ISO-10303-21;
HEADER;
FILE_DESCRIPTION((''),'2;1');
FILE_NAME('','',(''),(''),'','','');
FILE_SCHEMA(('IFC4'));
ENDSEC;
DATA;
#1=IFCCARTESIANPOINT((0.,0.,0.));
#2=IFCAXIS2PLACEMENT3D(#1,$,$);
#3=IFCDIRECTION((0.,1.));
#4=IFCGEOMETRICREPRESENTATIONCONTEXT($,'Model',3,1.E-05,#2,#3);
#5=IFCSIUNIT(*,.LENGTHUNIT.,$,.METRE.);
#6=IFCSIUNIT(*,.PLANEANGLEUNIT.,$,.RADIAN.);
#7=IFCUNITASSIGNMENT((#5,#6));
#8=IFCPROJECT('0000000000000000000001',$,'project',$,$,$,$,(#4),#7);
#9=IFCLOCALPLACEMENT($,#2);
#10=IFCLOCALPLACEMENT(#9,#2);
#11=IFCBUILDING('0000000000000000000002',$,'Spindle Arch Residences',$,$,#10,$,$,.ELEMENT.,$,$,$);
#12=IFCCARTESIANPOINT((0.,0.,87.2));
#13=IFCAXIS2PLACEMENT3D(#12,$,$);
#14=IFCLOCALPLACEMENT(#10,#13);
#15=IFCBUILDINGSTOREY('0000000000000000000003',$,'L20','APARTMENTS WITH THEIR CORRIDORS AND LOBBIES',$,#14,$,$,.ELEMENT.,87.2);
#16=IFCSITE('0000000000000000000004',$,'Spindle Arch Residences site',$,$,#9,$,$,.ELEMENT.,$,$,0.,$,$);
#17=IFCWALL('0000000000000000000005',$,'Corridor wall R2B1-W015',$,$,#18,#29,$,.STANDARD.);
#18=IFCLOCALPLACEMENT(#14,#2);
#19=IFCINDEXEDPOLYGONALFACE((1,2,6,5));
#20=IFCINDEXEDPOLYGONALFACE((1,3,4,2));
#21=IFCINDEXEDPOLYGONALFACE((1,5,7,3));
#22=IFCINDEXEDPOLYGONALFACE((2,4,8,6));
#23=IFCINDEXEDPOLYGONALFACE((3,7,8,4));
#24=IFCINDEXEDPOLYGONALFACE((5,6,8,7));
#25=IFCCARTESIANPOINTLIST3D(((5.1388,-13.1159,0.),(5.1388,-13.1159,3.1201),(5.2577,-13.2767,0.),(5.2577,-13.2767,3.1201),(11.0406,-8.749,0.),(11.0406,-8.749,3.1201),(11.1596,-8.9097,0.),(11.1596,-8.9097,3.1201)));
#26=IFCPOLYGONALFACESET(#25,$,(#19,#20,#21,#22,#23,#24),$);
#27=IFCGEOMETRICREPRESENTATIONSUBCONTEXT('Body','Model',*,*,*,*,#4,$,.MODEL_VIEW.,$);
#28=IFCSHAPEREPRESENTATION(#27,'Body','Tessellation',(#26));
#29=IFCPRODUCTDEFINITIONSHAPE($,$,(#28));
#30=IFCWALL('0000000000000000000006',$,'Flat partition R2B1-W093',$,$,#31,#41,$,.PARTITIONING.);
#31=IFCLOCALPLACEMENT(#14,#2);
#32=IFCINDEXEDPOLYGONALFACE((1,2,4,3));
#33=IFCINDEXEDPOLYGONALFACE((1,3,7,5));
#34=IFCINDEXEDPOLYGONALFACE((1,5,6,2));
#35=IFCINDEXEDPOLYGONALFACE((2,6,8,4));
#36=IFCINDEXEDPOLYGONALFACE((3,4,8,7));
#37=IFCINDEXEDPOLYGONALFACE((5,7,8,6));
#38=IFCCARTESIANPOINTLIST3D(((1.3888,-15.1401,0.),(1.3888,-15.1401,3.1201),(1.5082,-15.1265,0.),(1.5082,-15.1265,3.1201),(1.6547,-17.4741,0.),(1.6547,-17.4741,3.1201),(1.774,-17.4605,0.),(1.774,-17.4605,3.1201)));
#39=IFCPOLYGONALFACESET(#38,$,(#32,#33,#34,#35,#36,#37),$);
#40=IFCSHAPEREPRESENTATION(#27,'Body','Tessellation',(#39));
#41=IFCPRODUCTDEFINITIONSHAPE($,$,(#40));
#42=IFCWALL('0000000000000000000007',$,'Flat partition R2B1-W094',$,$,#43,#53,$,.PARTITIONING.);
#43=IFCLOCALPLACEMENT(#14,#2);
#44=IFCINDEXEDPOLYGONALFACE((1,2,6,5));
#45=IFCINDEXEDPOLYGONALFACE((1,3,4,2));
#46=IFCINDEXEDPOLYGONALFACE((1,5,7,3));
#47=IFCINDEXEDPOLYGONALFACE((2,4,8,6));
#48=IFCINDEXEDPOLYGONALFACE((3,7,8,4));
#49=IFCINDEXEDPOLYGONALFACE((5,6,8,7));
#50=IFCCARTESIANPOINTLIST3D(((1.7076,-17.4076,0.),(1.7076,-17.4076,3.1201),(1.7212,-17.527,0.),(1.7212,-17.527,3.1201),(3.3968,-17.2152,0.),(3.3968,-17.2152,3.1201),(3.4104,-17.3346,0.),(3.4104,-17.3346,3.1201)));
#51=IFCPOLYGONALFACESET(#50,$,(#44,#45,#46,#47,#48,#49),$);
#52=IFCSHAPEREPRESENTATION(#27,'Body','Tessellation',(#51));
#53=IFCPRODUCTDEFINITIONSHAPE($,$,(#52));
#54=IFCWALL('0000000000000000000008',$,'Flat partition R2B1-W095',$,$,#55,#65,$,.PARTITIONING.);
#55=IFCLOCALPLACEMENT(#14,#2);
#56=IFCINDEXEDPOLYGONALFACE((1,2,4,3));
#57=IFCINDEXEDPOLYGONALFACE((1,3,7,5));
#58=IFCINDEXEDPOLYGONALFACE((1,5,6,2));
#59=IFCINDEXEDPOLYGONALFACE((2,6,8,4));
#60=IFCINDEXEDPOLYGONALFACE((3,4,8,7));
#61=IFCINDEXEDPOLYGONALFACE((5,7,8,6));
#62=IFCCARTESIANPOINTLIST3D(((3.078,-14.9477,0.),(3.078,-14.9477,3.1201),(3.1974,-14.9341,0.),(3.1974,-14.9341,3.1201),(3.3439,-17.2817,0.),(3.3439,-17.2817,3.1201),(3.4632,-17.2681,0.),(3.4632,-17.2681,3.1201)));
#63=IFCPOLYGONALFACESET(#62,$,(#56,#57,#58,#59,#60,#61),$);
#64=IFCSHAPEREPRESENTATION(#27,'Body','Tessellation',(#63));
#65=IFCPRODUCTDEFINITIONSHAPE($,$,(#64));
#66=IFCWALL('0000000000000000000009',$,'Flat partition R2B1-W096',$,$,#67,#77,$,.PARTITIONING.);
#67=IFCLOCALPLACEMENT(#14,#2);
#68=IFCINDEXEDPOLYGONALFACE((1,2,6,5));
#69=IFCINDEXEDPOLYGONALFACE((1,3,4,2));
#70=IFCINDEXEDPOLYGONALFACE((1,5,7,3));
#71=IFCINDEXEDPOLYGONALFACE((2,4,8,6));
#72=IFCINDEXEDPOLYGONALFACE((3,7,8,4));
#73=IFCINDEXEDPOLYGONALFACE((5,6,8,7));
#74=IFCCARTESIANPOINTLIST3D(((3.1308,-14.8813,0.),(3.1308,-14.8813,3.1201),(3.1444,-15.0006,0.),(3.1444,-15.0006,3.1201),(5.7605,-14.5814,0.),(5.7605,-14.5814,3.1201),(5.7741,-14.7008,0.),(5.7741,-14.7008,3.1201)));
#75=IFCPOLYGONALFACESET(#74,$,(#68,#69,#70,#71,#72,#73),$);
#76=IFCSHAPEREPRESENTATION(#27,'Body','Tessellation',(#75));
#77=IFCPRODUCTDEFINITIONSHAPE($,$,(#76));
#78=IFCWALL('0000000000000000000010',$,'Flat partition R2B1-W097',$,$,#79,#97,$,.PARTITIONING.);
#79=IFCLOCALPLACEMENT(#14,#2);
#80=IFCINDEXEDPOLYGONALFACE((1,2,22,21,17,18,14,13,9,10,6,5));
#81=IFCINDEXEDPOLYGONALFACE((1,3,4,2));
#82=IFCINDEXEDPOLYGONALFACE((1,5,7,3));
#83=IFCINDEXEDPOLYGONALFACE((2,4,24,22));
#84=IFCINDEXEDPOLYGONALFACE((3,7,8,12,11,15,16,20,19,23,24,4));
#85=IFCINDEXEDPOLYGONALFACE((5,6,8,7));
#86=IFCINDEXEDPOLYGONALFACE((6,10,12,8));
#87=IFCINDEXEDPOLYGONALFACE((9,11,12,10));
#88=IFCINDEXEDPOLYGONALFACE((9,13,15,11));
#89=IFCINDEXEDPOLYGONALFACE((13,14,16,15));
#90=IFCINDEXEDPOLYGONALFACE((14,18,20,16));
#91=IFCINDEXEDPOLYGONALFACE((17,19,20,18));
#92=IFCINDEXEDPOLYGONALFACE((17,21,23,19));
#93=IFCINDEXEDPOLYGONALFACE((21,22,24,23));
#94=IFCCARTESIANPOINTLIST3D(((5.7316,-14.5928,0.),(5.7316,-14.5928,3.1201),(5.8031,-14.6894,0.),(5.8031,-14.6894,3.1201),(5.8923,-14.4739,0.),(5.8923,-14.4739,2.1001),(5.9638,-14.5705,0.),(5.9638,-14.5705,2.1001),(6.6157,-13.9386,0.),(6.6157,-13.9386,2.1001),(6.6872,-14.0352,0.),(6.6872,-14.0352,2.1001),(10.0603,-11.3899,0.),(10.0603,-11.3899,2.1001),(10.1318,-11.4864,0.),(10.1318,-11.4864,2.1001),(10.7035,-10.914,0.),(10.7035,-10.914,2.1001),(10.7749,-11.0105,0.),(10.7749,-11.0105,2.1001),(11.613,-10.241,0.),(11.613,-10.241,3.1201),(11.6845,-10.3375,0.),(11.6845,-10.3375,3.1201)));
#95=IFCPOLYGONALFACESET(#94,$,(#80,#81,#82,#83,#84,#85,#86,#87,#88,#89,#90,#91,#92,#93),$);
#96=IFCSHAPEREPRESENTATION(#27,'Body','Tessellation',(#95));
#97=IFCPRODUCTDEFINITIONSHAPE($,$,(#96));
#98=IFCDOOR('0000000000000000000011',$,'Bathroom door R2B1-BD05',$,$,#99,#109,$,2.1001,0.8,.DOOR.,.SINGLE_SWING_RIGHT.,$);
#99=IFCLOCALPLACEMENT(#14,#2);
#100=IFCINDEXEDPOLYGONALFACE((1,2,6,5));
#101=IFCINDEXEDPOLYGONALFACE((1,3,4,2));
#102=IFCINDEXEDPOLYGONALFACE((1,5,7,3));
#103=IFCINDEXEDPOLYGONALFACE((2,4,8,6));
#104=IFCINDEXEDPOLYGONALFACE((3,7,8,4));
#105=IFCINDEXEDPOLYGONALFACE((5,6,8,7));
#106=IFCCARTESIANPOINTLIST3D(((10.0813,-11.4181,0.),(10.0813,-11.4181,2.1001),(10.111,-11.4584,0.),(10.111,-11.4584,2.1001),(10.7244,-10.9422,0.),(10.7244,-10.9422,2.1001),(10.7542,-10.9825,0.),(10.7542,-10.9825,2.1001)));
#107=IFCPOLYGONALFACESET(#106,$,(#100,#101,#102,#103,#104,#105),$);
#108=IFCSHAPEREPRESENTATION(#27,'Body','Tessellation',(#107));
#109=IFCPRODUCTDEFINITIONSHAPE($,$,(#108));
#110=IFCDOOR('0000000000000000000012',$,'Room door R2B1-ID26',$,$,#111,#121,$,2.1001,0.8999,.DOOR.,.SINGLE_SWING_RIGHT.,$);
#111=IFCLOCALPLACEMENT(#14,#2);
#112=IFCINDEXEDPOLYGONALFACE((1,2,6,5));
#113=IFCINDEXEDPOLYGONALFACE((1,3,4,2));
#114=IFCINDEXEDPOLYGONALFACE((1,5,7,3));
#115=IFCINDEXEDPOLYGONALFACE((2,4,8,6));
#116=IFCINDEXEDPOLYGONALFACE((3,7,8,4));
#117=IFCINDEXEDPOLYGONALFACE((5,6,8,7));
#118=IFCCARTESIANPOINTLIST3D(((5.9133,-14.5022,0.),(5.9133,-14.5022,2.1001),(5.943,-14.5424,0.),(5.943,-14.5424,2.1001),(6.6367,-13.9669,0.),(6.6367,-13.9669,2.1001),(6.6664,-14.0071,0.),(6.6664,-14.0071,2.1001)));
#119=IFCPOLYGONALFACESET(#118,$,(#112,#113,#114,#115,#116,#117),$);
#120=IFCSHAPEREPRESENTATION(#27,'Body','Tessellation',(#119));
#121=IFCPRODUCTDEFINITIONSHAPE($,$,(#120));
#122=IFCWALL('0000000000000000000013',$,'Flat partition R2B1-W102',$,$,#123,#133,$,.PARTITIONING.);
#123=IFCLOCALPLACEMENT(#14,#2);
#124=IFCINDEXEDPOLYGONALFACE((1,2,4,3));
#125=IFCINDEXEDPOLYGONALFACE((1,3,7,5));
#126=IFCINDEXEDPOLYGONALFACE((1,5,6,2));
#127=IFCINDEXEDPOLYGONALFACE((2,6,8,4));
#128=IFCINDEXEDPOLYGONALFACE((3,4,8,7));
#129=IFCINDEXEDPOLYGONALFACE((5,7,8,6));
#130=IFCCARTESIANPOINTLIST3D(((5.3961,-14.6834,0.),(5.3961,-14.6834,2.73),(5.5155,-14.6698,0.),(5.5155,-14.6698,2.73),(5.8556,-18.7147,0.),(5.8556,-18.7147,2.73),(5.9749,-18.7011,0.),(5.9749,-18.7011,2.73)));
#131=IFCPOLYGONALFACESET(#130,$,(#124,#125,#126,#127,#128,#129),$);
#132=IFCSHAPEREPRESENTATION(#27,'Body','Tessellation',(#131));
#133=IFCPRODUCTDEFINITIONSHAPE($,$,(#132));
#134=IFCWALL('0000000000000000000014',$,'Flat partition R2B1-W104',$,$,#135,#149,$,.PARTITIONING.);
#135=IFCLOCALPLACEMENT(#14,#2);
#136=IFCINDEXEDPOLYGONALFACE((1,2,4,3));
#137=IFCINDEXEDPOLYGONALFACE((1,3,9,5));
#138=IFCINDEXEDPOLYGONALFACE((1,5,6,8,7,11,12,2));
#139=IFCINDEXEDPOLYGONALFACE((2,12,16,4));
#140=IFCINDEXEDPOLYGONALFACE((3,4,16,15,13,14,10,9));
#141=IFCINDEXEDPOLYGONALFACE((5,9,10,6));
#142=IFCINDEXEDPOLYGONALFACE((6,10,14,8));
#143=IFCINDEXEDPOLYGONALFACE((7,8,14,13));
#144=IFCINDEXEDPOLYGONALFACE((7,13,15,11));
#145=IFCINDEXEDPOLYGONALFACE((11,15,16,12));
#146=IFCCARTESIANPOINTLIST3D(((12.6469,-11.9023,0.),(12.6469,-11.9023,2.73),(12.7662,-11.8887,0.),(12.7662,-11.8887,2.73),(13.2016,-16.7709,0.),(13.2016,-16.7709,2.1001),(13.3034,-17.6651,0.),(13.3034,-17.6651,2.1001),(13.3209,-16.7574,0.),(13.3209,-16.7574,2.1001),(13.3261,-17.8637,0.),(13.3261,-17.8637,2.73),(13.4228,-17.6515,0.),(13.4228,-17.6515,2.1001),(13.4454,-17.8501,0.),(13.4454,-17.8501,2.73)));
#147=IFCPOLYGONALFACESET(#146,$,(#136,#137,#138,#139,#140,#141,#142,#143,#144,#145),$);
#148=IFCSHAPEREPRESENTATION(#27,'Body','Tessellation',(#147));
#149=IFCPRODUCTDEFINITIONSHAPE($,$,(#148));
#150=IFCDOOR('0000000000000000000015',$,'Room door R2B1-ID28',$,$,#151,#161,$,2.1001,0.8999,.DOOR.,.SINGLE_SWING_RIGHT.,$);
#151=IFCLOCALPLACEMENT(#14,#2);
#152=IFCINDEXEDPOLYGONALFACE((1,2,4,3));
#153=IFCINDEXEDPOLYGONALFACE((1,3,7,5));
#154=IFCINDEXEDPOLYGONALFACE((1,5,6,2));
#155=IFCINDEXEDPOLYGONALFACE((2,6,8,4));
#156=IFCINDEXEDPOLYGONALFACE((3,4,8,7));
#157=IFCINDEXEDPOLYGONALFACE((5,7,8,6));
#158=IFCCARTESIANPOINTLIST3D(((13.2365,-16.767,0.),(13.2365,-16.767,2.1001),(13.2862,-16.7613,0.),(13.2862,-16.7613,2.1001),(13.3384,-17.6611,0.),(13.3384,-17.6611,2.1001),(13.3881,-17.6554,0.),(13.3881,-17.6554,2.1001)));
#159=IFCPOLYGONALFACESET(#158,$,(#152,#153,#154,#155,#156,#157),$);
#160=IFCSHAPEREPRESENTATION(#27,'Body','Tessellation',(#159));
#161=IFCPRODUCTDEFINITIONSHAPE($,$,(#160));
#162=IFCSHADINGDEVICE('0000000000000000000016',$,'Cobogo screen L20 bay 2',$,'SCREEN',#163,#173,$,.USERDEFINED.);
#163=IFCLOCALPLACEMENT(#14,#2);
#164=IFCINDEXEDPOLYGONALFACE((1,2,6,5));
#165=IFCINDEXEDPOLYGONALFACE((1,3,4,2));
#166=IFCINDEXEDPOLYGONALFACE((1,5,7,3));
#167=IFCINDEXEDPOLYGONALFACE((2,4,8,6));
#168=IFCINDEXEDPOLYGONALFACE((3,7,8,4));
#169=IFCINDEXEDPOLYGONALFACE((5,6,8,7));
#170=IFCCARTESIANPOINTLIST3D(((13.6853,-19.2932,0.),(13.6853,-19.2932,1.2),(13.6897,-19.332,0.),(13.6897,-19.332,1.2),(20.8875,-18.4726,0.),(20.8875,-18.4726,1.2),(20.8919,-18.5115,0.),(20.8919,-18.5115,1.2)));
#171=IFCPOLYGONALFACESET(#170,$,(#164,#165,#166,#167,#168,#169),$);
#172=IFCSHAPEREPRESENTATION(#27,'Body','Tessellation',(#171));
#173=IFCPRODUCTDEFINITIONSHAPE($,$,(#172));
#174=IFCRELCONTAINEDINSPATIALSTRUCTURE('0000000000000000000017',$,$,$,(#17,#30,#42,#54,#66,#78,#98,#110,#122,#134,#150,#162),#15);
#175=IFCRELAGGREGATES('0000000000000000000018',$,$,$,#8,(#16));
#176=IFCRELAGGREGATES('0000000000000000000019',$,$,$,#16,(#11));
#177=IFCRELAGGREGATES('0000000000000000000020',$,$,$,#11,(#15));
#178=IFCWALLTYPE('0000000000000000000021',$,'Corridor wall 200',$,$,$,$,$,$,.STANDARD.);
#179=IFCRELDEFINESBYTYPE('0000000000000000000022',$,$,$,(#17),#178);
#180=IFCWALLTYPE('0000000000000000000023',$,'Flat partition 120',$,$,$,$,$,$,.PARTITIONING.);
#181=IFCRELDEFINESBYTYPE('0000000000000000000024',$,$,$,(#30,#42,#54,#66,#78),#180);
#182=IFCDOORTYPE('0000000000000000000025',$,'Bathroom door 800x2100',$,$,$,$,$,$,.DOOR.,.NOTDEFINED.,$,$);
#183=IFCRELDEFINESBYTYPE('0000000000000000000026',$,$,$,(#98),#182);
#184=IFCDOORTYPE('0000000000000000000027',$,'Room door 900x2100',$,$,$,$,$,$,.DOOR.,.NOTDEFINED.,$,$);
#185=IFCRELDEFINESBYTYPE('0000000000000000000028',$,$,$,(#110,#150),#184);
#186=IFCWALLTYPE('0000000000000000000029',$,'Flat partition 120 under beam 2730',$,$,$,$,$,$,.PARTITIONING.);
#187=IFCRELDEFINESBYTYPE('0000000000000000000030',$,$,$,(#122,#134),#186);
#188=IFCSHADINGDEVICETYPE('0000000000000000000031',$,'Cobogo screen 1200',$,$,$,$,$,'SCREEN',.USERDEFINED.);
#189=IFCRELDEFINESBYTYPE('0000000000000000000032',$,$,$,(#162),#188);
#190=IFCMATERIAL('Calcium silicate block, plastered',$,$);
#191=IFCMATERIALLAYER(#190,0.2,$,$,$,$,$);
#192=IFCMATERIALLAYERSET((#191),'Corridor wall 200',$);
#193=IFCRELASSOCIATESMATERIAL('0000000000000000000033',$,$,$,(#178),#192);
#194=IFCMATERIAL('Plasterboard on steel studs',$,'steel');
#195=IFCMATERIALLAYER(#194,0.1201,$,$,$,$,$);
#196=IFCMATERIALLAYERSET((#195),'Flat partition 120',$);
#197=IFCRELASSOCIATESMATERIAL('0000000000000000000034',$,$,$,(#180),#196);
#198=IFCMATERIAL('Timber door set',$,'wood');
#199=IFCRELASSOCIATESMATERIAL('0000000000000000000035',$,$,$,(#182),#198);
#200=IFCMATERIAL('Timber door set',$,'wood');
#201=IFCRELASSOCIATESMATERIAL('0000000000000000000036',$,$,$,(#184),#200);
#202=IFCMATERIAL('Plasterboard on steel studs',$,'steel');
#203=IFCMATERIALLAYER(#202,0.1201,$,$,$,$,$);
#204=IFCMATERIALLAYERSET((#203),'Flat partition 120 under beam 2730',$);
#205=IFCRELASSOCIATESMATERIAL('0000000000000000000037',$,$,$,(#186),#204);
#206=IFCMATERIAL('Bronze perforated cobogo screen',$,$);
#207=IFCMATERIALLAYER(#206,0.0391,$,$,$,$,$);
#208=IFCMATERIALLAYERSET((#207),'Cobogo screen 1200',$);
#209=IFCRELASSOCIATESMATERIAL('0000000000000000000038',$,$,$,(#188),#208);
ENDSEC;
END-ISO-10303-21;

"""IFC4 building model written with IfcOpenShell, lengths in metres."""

from ifc_helpers import new_model, si_unit, direction, frame, frame_2d, origin, origin_2d, place, context, subcontext, project, spatial, rectangle, extrude, material, layer, layer_set, type_object, element, fill, save


model = new_model("IFC4")

# Units and contexts
model_context = context("Model", 3, precision=1e-05, world=origin(), true_north=direction((0.0, 1.0)))
body_context = subcontext(model_context, "Body", "Model", "MODEL_VIEW")
ifc_project = project(units=[si_unit("LENGTHUNIT", "METRE"), si_unit("PLANEANGLEUNIT", "RADIAN")], contexts=[model_context])

# Site, building, storey
site_placement = place(None, origin())
site = spatial("IfcSite", under=ifc_project, at=site_placement, Name="Spindle Arch Residences site", CompositionType="ELEMENT", RefElevation=0.0)
building_placement = place(site_placement, origin())
building = spatial("IfcBuilding", under=site, at=building_placement, Name="Spindle Arch Residences", CompositionType="ELEMENT")
storey_placement = place(building_placement, frame((0.0, 0.0, 87.2)))
storey = spatial("IfcBuildingStorey", under=building, at=storey_placement, Name="L20", Description="APARTMENTS WITH THEIR CORRIDORS AND LOBBIES", CompositionType="ELEMENT", Elevation=87.2)

# Walls
ifc_material_1 = material(Name="Calcium silicate block, plastered")
ifc_layer_1 = layer(ifc_material_1, 0.2)
ifc_layer_set_1 = layer_set([ifc_layer_1], Name="Corridor wall 200")
wall_type_1 = type_object("IfcWallType", Name="Corridor wall 200", PredefinedType="STANDARD", material=ifc_layer_set_1)
wall_1_placement = place(storey_placement, frame((5.1982, -13.1963, 0.0), z_axis=(0.0, 0.0, 1.0), x_axis=(0.80387, 0.594805, 0.0)))
element("IfcWall", 1, at=wall_1_placement, inside=storey, type_object=wall_type_1, Name="Corridor wall R2B1-W015", PredefinedType="STANDARD", context=body_context, shape_type="SweptSolid", body=[
    extrude(rectangle(XDim=7.3418, YDim=0.2, at=frame_2d((3.6709, 0.0))), origin(), (0.0, 0.0, 1.0), 3.1201),
])
ifc_material_2 = material(Name="Plasterboard on steel studs", Category="steel")
ifc_layer_2 = layer(ifc_material_2, 0.1201)
ifc_layer_set_2 = layer_set([ifc_layer_2], Name="Flat partition 120")
wall_type_2 = type_object("IfcWallType", Name="Flat partition 120", PredefinedType="PARTITIONING", material=ifc_layer_set_2)
wall_2_placement = place(storey_placement, frame((1.4485, -15.1333, 0.0), z_axis=(0.0, 0.0, 1.0), x_axis=(0.11318, -0.993574, 0.0)))
element("IfcWall", 2, at=wall_2_placement, inside=storey, type_object=wall_type_2, Name="Flat partition R2B1-W093", PredefinedType="PARTITIONING", context=body_context, shape_type="SweptSolid", body=[
    extrude(rectangle(XDim=2.3491, YDim=0.1201, at=frame_2d((1.1746, 0.0))), origin(), (0.0, 0.0, 1.0), 3.1201),
])
wall_3_placement = place(storey_placement, frame((1.7144, -17.4673, 0.0), z_axis=(0.0, 0.0, 1.0), x_axis=(0.993577, 0.113158, 0.0)))
element("IfcWall", 3, at=wall_3_placement, inside=storey, type_object=wall_type_2, Name="Flat partition R2B1-W094", PredefinedType="PARTITIONING", context=body_context, shape_type="SweptSolid", body=[
    extrude(rectangle(XDim=1.7002, YDim=0.1201, at=frame_2d((0.8501, 0.0))), origin(), (0.0, 0.0, 1.0), 3.1201),
])
wall_4_placement = place(storey_placement, frame((3.4036, -17.2749, 0.0), z_axis=(0.0, 0.0, 1.0), x_axis=(-0.11318, 0.993574, 0.0)))
element("IfcWall", 4, at=wall_4_placement, inside=storey, type_object=wall_type_2, Name="Flat partition R2B1-W095", PredefinedType="PARTITIONING", context=body_context, shape_type="SweptSolid", body=[
    extrude(rectangle(XDim=2.3491, YDim=0.1201, at=frame_2d((1.1746, 0.0))), origin(), (0.0, 0.0, 1.0), 3.1201),
])
wall_5_placement = place(storey_placement, frame((3.1377, -14.9409, 0.0), z_axis=(0.0, 0.0, 1.0), x_axis=(0.993564, 0.113276, 0.0)))
element("IfcWall", 5, at=wall_5_placement, inside=storey, type_object=wall_type_2, Name="Flat partition R2B1-W096", PredefinedType="PARTITIONING", context=body_context, shape_type="SweptSolid", body=[
    extrude(rectangle(XDim=2.6467, YDim=0.1201, at=frame_2d((1.3232, 0.0))), origin(), (0.0, 0.0, 1.0), 3.1201),
])

# Wall, openings, doors
wall_6_placement = place(storey_placement, frame((5.7673, -14.6411, 0.0), z_axis=(0.0, 0.0, 1.0), x_axis=(0.803867, 0.594809, 0.0)))
wall_6 = element("IfcWall", 6, at=wall_6_placement, inside=storey, type_object=wall_type_2, Name="Flat partition R2B1-W097", PredefinedType="PARTITIONING", context=body_context, shape_type="SweptSolid", body=[
    extrude(rectangle(XDim=7.3164, YDim=0.1201, at=frame_2d((3.6582, 0.0))), origin(), (0.0, 0.0, 1.0), 3.1201),
])
opening_1_placement = place(wall_6_placement, frame((0.2, 0.0, 0.0)))
opening_1 = element("IfcOpeningElement", 7, at=opening_1_placement, cuts=wall_6, PredefinedType="OPENING", context=body_context, shape_type="SweptSolid", body=[
    extrude(rectangle(XDim=0.8999, YDim=2.1001, at=frame_2d((0.45, 1.05))), frame((0.0, 0.0701, 0.0), z_axis=(0.0, -1.0, 0.0), x_axis=(1.0, 0.0, 0.0)), (0.0, 0.0, 1.0), 0.1401),
])
opening_2_placement = place(wall_6_placement, frame((5.385, 0.0, 0.0)))
opening_2 = element("IfcOpeningElement", 8, at=opening_2_placement, cuts=wall_6, PredefinedType="OPENING", context=body_context, shape_type="SweptSolid", body=[
    extrude(rectangle(XDim=0.8, YDim=2.1001, at=frame_2d((0.3999, 1.05))), frame((0.0, 0.0701, 0.0), z_axis=(0.0, -1.0, 0.0), x_axis=(1.0, 0.0, 0.0)), (0.0, 0.0, 1.0), 0.1401),
])
ifc_material_3 = material(Name="Timber door set", Category="wood")
door_type_1 = type_object("IfcDoorType", Name="Bathroom door 800x2100", OperationType="NOTDEFINED", PredefinedType="DOOR", material=ifc_material_3)
door_1_placement = place(opening_2_placement, origin())
door_1 = element("IfcDoor", 9, at=door_1_placement, inside=storey, type_object=door_type_1, Name="Bathroom door R2B1-BD05", OperationType="SINGLE_SWING_RIGHT", OverallHeight=2.1001, OverallWidth=0.8, PredefinedType="DOOR", context=body_context, shape_type="SweptSolid", body=[
    extrude(rectangle(XDim=0.8, YDim=2.1001, at=frame_2d((0.3999, 1.05))), frame((0.0, 0.0249, 0.0), z_axis=(0.0, -1.0, 0.0), x_axis=(1.0, 0.0, 0.0)), (0.0, 0.0, 1.0), 0.05),
])
fill(opening_2, door_1)
ifc_material_4 = material(Name="Timber door set", Category="wood")
door_type_2 = type_object("IfcDoorType", Name="Room door 900x2100", OperationType="NOTDEFINED", PredefinedType="DOOR", material=ifc_material_4)
door_2_placement = place(opening_1_placement, origin())
door_2 = element("IfcDoor", 10, at=door_2_placement, inside=storey, type_object=door_type_2, Name="Room door R2B1-ID26", OperationType="SINGLE_SWING_RIGHT", OverallHeight=2.1001, OverallWidth=0.8999, PredefinedType="DOOR", context=body_context, shape_type="SweptSolid", body=[
    extrude(rectangle(XDim=0.8999, YDim=2.1001, at=frame_2d((0.45, 1.05))), frame((0.0, 0.0249, 0.0), z_axis=(0.0, -1.0, 0.0), x_axis=(1.0, 0.0, 0.0)), (0.0, 0.0, 1.0), 0.05),
])
fill(opening_1, door_2)

# Wall
ifc_material_5 = material(Name="Plasterboard on steel studs", Category="steel")
ifc_layer_3 = layer(ifc_material_5, 0.1201)
ifc_layer_set_3 = layer_set([ifc_layer_3], Name="Flat partition 120 under beam 2730")
wall_type_3 = type_object("IfcWallType", Name="Flat partition 120 under beam 2730", PredefinedType="PARTITIONING", material=ifc_layer_set_3)
wall_7_placement = place(storey_placement, frame((5.9153, -18.708, 0.0), z_axis=(0.0, 0.0, 1.0), x_axis=(-0.113245, 0.993567, 0.0)))
element("IfcWall", 11, at=wall_7_placement, inside=storey, type_object=wall_type_3, Name="Flat partition R2B1-W102", PredefinedType="PARTITIONING", context=body_context, shape_type="SweptSolid", body=[
    extrude(rectangle(XDim=4.0574, YDim=0.1201, at=frame_2d((2.0288, 0.0))), origin(), (0.0, 0.0, 1.0), 2.73),
])

# Wall, opening, door
wall_8_placement = place(storey_placement, frame((13.3857, -17.8569, 0.0), z_axis=(0.0, 0.0, 1.0), x_axis=(-0.1132, 0.993572, 0.0)))
wall_8 = element("IfcWall", 12, at=wall_8_placement, inside=storey, type_object=wall_type_3, Name="Flat partition R2B1-W104", PredefinedType="PARTITIONING", context=body_context, shape_type="SweptSolid", body=[
    extrude(rectangle(XDim=6.0, YDim=0.1201, at=frame_2d((3.0, 0.0))), origin(), (0.0, 0.0, 1.0), 2.73),
])
opening_3_placement = place(wall_8_placement, frame((0.2, 0.0, 0.0)))
opening_3 = element("IfcOpeningElement", 13, at=opening_3_placement, cuts=wall_8, PredefinedType="OPENING", context=body_context, shape_type="SweptSolid", body=[
    extrude(rectangle(XDim=0.8999, YDim=2.1001, at=frame_2d((0.45, 1.05))), frame((0.0, 0.0701, 0.0), z_axis=(0.0, -1.0, 0.0), x_axis=(1.0, 0.0, 0.0)), (0.0, 0.0, 1.0), 0.1401),
])
door_3_placement = place(opening_3_placement, origin())
door_3 = element("IfcDoor", 14, at=door_3_placement, inside=storey, type_object=door_type_2, Name="Room door R2B1-ID28", OperationType="SINGLE_SWING_RIGHT", OverallHeight=2.1001, OverallWidth=0.8999, PredefinedType="DOOR", context=body_context, shape_type="SweptSolid", body=[
    extrude(rectangle(XDim=0.8999, YDim=2.1001, at=frame_2d((0.45, 1.05))), frame((0.0, 0.0249, 0.0), z_axis=(0.0, -1.0, 0.0), x_axis=(1.0, 0.0, 0.0)), (0.0, 0.0, 1.0), 0.05),
])
fill(opening_3, door_3)

# Shading device
ifc_material_6 = material(Name="Bronze perforated cobogo screen")
ifc_layer_4 = layer(ifc_material_6, 0.0391)
ifc_layer_set_4 = layer_set([ifc_layer_4], Name="Cobogo screen 1200")
shading_device_type = type_object("IfcShadingDeviceType", Name="Cobogo screen 1200", ElementType="SCREEN", PredefinedType="USERDEFINED", material=ifc_layer_set_4)
for number, where, z_axis, x_axis, name in (
    (15, (17.2886, -18.9023, 0.0), (0.0, 0.0, 1.0), (0.993572, 0.113203, 0.0), "Cobogo screen L20 bay 2"),
):
    element("IfcShadingDevice", number, at=place(storey_placement, frame(where, z_axis=z_axis, x_axis=x_axis)), inside=storey, type_object=shading_device_type, Name=name, ObjectType="SCREEN", PredefinedType="USERDEFINED", context=body_context, shape_type="SweptSolid", body=[
        extrude(rectangle(XDim=7.2488, YDim=0.0391, at=origin_2d()), origin(), (0.0, 0.0, 1.0), 1.2),
    ])

save(model, "model.ifc")
